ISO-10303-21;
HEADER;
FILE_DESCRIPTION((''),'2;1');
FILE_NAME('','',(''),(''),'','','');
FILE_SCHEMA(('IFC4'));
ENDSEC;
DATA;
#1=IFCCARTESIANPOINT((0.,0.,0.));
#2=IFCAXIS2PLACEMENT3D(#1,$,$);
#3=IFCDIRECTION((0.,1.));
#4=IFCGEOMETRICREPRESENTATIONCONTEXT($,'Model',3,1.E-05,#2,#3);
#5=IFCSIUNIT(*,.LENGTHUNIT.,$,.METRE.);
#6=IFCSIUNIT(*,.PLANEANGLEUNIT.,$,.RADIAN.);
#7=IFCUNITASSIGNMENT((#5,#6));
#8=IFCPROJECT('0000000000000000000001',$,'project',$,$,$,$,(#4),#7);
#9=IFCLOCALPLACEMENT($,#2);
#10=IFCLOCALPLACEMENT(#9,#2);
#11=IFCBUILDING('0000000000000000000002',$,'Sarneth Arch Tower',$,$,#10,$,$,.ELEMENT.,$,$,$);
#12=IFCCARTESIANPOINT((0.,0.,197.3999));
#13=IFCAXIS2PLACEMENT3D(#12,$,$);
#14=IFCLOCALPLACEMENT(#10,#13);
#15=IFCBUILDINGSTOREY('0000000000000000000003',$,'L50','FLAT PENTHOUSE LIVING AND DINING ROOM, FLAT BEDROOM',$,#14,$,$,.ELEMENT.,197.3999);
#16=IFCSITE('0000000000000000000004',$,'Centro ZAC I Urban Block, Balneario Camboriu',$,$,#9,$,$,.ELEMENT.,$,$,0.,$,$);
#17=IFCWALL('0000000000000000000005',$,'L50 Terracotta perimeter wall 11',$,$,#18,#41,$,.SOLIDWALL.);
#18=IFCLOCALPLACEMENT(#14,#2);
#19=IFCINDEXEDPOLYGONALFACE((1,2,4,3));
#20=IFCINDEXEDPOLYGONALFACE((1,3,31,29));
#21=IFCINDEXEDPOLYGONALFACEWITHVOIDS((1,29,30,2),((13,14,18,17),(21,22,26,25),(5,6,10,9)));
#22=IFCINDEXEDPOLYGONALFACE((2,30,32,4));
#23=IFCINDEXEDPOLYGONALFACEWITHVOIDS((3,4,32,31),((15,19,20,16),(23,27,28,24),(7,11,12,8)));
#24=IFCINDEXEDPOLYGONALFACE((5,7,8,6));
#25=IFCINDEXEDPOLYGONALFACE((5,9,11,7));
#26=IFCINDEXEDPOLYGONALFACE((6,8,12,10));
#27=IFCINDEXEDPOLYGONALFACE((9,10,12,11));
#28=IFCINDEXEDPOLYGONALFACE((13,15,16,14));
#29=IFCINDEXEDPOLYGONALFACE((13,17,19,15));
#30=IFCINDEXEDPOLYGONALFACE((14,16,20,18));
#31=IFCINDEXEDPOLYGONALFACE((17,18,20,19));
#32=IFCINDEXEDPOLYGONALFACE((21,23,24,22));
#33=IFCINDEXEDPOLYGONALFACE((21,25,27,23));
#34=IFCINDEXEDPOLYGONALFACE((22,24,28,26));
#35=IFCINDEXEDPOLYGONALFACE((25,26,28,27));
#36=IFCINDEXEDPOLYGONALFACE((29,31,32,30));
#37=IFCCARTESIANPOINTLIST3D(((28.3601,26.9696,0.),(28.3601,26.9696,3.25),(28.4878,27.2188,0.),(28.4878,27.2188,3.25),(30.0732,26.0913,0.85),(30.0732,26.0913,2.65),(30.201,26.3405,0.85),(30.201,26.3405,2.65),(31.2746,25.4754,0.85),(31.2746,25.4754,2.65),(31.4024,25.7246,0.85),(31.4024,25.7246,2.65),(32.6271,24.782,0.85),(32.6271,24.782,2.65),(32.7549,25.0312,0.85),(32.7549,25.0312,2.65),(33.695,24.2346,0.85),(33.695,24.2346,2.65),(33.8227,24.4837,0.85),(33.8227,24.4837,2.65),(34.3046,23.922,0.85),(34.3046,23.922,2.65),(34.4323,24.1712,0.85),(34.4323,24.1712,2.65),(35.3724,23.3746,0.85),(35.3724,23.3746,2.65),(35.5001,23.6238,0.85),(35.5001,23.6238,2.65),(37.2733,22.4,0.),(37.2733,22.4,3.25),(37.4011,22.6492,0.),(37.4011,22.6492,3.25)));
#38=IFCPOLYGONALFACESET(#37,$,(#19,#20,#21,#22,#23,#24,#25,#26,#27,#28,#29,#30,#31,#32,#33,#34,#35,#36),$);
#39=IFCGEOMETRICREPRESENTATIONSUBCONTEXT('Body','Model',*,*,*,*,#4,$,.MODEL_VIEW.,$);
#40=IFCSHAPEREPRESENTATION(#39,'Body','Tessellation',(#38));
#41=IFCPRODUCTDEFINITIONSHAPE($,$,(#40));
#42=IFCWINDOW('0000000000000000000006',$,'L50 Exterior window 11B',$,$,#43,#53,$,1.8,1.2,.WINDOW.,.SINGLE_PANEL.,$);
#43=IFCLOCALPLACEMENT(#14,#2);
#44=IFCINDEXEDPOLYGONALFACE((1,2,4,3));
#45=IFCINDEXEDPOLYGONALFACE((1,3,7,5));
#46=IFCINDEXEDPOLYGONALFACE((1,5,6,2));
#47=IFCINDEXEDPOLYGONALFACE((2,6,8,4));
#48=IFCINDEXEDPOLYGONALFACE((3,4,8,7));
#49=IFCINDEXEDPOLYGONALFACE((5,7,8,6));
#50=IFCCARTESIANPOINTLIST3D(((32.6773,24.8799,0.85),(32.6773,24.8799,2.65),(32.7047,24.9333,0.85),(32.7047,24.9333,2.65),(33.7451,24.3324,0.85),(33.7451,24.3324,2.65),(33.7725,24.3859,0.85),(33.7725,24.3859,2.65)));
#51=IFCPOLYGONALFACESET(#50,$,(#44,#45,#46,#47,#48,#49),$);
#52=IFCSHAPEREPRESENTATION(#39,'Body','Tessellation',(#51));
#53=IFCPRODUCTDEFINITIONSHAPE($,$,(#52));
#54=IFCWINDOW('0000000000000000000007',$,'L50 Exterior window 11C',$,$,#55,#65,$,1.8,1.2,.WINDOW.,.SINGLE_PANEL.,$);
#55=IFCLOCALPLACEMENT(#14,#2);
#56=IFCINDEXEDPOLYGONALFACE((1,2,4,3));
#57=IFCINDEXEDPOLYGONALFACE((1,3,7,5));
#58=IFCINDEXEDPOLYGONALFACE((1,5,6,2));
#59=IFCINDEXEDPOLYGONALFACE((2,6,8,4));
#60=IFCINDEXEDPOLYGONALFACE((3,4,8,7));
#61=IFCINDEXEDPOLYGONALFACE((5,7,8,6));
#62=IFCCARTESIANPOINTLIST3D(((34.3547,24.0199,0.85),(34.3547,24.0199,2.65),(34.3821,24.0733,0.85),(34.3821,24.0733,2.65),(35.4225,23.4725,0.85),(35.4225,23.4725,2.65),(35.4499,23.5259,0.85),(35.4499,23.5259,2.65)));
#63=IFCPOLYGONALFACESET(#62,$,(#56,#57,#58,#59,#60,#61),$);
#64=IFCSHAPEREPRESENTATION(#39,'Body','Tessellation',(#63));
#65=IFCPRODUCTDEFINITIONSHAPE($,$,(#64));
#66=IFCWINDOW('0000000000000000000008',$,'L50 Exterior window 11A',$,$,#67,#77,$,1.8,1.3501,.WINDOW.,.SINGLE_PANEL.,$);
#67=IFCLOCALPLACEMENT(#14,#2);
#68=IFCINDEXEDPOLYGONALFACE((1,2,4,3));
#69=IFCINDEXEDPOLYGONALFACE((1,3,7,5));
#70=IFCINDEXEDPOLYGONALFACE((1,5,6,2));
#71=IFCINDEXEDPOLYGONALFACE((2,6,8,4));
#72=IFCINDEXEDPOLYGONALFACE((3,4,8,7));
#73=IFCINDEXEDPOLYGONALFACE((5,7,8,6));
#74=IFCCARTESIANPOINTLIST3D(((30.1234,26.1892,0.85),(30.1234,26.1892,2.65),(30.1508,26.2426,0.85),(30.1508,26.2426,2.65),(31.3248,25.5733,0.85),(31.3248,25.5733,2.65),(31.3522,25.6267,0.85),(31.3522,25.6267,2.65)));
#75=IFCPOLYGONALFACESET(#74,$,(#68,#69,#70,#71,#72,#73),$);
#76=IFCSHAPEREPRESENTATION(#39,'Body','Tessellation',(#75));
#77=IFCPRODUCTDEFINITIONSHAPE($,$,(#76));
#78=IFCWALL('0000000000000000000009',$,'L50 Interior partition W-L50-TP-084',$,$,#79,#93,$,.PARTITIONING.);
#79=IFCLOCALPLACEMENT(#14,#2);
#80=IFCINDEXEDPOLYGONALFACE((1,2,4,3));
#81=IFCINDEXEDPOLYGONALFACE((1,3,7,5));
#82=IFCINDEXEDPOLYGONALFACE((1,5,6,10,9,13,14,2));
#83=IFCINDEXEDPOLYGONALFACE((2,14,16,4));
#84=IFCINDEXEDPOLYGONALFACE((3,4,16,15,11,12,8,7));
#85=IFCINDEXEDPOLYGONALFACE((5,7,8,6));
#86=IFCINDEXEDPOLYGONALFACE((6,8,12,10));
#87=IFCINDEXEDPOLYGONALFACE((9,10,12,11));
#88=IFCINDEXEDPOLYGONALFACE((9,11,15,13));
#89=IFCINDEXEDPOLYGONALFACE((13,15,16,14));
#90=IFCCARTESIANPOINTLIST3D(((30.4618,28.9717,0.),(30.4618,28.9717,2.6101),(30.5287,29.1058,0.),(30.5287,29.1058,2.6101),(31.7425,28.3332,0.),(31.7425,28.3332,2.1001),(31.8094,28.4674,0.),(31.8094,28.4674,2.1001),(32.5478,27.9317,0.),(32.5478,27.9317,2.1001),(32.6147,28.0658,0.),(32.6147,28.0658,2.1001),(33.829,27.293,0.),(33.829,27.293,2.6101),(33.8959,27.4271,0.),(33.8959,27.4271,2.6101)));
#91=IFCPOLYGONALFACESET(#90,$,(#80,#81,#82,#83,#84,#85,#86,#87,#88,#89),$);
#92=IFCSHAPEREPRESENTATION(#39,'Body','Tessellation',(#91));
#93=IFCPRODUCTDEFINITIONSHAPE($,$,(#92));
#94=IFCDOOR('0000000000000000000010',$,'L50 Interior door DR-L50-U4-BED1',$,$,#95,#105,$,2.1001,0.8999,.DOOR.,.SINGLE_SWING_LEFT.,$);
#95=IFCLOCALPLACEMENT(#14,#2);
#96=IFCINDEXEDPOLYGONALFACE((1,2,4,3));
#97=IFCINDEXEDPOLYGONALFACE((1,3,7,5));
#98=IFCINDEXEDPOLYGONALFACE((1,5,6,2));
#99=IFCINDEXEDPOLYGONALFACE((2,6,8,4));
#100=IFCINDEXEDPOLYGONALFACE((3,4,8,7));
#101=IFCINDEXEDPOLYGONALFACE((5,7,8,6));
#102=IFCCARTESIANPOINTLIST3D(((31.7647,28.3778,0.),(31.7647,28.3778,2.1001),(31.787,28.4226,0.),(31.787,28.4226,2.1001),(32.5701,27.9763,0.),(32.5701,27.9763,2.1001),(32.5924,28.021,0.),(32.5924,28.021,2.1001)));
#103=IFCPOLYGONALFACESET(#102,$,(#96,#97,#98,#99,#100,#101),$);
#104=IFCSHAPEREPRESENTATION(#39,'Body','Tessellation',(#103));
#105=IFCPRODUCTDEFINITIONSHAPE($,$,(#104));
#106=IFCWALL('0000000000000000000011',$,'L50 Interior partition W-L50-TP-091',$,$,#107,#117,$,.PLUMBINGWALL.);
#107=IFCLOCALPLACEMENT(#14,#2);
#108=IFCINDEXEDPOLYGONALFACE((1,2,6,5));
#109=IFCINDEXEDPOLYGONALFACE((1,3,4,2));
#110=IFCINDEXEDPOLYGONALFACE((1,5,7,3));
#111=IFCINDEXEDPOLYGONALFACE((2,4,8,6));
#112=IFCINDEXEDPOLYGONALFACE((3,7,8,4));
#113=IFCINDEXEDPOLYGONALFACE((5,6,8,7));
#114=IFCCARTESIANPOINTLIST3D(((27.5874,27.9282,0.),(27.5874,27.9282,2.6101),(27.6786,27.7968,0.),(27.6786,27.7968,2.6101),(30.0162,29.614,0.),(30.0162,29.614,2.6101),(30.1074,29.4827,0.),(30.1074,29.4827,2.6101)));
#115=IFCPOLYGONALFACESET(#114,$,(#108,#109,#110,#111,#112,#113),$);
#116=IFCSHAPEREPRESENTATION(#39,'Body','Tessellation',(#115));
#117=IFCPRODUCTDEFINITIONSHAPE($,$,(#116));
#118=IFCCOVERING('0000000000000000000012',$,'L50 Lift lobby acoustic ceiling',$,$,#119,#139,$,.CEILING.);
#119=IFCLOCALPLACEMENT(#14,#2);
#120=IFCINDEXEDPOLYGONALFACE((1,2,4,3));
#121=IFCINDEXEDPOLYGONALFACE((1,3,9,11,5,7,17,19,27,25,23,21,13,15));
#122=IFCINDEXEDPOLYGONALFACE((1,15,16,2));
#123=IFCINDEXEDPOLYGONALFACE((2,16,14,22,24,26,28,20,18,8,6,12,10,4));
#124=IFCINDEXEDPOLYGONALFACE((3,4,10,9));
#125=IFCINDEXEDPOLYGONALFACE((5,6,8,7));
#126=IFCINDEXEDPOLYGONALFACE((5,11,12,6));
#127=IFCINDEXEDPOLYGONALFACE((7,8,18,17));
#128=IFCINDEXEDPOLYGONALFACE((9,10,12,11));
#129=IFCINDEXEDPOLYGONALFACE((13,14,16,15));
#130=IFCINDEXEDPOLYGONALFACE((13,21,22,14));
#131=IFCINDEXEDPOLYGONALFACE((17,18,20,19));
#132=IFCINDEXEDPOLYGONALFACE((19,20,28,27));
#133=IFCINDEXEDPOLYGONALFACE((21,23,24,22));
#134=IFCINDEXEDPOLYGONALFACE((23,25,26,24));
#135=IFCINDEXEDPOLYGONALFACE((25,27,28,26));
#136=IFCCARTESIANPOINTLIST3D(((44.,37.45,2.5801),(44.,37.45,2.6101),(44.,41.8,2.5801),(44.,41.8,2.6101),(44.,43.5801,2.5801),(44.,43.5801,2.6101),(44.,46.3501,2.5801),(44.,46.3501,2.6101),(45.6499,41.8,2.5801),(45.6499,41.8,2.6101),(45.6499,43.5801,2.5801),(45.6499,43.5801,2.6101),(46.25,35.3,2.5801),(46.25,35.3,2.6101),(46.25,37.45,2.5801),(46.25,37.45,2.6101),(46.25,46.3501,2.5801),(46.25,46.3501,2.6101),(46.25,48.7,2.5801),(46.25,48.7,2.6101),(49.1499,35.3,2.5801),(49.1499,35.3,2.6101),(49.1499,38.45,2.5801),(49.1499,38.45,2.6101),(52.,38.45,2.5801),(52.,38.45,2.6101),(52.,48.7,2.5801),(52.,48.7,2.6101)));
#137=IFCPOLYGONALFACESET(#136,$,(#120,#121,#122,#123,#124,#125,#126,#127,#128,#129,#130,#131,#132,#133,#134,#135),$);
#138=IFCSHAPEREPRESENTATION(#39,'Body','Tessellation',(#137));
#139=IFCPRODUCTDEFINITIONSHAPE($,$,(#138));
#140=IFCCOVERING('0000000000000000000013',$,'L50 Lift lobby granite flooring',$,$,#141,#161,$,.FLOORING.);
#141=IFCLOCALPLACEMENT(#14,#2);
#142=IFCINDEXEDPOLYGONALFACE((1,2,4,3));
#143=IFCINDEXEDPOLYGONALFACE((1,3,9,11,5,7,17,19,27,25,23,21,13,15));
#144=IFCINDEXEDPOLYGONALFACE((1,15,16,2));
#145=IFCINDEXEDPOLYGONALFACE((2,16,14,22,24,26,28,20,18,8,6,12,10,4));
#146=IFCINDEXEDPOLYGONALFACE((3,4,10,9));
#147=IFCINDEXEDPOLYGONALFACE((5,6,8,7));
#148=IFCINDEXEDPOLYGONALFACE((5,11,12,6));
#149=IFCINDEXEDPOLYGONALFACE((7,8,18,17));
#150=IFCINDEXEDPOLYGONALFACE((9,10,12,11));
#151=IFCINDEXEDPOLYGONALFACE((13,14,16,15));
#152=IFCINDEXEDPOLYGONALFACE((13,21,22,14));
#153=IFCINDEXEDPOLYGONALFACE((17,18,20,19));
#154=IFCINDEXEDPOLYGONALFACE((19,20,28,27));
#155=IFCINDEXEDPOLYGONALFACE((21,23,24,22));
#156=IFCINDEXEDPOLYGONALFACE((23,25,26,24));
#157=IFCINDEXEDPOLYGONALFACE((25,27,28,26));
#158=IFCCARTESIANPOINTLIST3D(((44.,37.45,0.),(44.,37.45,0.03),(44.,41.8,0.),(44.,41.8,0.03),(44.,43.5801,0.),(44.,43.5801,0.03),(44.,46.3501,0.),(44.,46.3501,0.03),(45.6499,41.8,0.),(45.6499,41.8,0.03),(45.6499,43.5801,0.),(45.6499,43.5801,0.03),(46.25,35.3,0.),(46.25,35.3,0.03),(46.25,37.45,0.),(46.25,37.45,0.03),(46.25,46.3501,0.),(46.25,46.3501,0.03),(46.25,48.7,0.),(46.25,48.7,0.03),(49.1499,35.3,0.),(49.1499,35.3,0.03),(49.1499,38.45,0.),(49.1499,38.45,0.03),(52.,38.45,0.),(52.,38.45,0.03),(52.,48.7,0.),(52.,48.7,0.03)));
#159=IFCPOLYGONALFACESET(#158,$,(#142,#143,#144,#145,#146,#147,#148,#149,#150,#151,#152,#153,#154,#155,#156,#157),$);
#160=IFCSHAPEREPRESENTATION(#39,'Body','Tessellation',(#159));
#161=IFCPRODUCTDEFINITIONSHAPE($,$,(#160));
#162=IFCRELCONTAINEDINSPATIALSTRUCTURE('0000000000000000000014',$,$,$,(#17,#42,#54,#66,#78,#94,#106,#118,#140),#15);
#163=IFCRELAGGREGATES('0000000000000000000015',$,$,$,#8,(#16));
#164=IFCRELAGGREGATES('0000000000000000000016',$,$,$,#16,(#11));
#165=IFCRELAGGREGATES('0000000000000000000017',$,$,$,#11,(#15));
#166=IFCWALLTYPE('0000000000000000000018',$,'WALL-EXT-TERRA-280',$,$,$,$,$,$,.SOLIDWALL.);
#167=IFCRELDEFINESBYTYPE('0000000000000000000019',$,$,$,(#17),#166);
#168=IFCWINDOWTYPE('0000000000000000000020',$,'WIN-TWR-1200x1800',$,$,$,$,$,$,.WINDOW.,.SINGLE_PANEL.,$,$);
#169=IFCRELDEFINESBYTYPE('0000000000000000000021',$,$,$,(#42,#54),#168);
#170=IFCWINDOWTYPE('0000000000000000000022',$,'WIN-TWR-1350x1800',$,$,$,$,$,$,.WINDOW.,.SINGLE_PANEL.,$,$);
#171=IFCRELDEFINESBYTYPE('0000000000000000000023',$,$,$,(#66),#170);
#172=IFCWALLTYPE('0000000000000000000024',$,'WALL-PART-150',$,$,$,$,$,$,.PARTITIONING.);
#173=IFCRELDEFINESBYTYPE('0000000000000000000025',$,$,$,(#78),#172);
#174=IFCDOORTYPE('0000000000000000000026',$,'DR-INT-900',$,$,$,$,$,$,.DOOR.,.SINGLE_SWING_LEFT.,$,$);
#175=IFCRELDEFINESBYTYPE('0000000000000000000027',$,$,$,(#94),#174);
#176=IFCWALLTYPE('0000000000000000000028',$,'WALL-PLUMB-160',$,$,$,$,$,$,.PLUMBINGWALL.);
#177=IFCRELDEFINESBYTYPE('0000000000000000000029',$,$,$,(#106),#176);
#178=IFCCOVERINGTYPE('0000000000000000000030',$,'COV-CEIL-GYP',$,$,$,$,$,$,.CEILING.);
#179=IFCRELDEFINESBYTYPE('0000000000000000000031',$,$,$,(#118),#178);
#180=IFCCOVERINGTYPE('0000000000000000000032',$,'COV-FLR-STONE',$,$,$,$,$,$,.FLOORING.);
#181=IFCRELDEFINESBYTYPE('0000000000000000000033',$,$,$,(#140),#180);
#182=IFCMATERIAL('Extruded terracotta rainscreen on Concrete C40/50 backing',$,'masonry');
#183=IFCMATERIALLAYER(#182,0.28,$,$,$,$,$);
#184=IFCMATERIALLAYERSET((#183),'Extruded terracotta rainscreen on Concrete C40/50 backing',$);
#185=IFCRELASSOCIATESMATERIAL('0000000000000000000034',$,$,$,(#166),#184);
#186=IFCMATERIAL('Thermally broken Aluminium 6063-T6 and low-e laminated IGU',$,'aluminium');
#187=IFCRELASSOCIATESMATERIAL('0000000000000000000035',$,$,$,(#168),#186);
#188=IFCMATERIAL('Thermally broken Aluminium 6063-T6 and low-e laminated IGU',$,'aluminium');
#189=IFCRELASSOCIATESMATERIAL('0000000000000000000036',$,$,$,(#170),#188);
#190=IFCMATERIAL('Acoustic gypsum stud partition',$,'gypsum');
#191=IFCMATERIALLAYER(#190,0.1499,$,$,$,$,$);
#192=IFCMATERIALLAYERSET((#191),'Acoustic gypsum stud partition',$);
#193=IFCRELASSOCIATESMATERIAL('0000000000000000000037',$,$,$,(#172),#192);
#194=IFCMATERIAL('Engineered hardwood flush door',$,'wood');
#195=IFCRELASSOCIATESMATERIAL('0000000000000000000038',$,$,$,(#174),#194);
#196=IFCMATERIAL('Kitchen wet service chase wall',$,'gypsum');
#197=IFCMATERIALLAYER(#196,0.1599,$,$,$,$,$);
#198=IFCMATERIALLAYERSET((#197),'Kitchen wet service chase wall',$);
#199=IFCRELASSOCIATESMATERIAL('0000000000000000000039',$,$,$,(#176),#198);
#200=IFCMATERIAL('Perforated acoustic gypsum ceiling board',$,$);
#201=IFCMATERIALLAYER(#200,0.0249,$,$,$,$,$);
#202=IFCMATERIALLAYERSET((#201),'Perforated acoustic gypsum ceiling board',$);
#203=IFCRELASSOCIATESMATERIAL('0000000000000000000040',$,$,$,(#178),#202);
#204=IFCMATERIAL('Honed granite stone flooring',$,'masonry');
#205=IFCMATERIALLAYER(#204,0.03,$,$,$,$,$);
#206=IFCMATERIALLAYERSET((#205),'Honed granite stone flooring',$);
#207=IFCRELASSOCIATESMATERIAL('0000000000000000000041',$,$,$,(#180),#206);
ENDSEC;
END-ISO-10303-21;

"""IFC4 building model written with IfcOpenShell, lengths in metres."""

from ifc_helpers import new_model, si_unit, direction, frame, frame_2d, origin, place, context, subcontext, project, spatial, polyline, rectangle, outline, extrude, material, layer, layer_set, type_object, element, fill, save


model = new_model("IFC4")

# Units and contexts
model_context = context("Model", 3, precision=1e-05, world=origin(), true_north=direction((0.0, 1.0)))
body_context = subcontext(model_context, "Body", "Model", "MODEL_VIEW")
ifc_project = project(units=[si_unit("LENGTHUNIT", "METRE"), si_unit("PLANEANGLEUNIT", "RADIAN")], contexts=[model_context])

# Site, building, storey
site_placement = place(None, origin())
site = spatial("IfcSite", under=ifc_project, at=site_placement, Name="Centro ZAC I Urban Block, Balneario Camboriu", CompositionType="ELEMENT", RefElevation=0.0)
building_placement = place(site_placement, origin())
building = spatial("IfcBuilding", under=site, at=building_placement, Name="Sarneth Arch Tower", CompositionType="ELEMENT")
storey_placement = place(building_placement, frame((0.0, 0.0, 197.3999)))
storey = spatial("IfcBuildingStorey", under=building, at=storey_placement, Name="L50", Description="FLAT PENTHOUSE LIVING AND DINING ROOM, FLAT BEDROOM", CompositionType="ELEMENT", Elevation=197.3999)

# Wall, openings, windows
ifc_material_1 = material(Name="Extruded terracotta rainscreen on Concrete C40/50 backing", Category="masonry")
ifc_layer_1 = layer(ifc_material_1, 0.28)
ifc_layer_set_1 = layer_set([ifc_layer_1], Name="Extruded terracotta rainscreen on Concrete C40/50 backing")
wall_type_1 = type_object("IfcWallType", Name="WALL-EXT-TERRA-280", PredefinedType="SOLIDWALL", material=ifc_layer_set_1)
wall_1_placement = place(storey_placement, frame((28.4238, 27.0942, 0.0), z_axis=(0.0, 0.0, 1.0), x_axis=(0.889873, -0.456209, 0.0)))
wall_1 = element("IfcWall", 1, at=wall_1_placement, inside=storey, type_object=wall_type_1, Name="L50 Terracotta perimeter wall 11", PredefinedType="SOLIDWALL", context=body_context, shape_type="SweptSolid", body=[
    extrude(rectangle(XDim=10.0164, YDim=0.28, at=frame_2d((5.0083, 0.0))), origin(), (0.0, 0.0, 1.0), 3.25),
])
opening_1_placement = place(wall_1_placement, frame((1.9253, 0.0, 0.8501)))
opening_1 = element("IfcOpeningElement", 2, at=opening_1_placement, cuts=wall_1, PredefinedType="OPENING", context=body_context, shape_type="SweptSolid", body=[
    extrude(rectangle(XDim=1.3501, YDim=1.8, at=frame_2d((0.675, 0.8999))), frame((0.0, 0.1499, 0.0), z_axis=(0.0, -1.0, 0.0), x_axis=(1.0, 0.0, 0.0)), (0.0, 0.0, 1.0), 0.3),
])
opening_2_placement = place(wall_1_placement, frame((4.7952, 0.0, 0.8501)))
opening_2 = element("IfcOpeningElement", 3, at=opening_2_placement, cuts=wall_1, PredefinedType="OPENING", context=body_context, shape_type="SweptSolid", body=[
    extrude(rectangle(XDim=1.2, YDim=1.8, at=frame_2d((0.6001, 0.8999))), frame((0.0, 0.1499, 0.0), z_axis=(0.0, -1.0, 0.0), x_axis=(1.0, 0.0, 0.0)), (0.0, 0.0, 1.0), 0.3),
])
opening_3_placement = place(wall_1_placement, frame((6.6802, 0.0, 0.8501)))
opening_3 = element("IfcOpeningElement", 4, at=opening_3_placement, cuts=wall_1, PredefinedType="OPENING", context=body_context, shape_type="SweptSolid", body=[
    extrude(rectangle(XDim=1.2, YDim=1.8, at=frame_2d((0.6001, 0.8999))), frame((0.0, 0.1499, 0.0), z_axis=(0.0, -1.0, 0.0), x_axis=(1.0, 0.0, 0.0)), (0.0, 0.0, 1.0), 0.3),
])
ifc_material_2 = material(Name="Thermally broken Aluminium 6063-T6 and low-e laminated IGU", Category="aluminium")
window_type_1 = type_object("IfcWindowType", Name="WIN-TWR-1200x1800", PartitioningType="SINGLE_PANEL", PredefinedType="WINDOW", material=ifc_material_2)
window_1_placement = place(opening_2_placement, origin())
window_1 = element("IfcWindow", 5, at=window_1_placement, inside=storey, type_object=window_type_1, Name="L50 Exterior window 11B", OverallHeight=1.8, OverallWidth=1.2, PartitioningType="SINGLE_PANEL", PredefinedType="WINDOW", context=body_context, shape_type="SweptSolid", body=[
    extrude(rectangle(XDim=1.2, YDim=1.8, at=frame_2d((0.6001, 0.8999))), frame((0.0, 0.03, 0.0), z_axis=(0.0, -1.0, 0.0), x_axis=(1.0, 0.0, 0.0)), (0.0, 0.0, 1.0), 0.0601),
])
fill(opening_2, window_1)
window_2_placement = place(opening_3_placement, origin())
window_2 = element("IfcWindow", 6, at=window_2_placement, inside=storey, type_object=window_type_1, Name="L50 Exterior window 11C", OverallHeight=1.8, OverallWidth=1.2, PartitioningType="SINGLE_PANEL", PredefinedType="WINDOW", context=body_context, shape_type="SweptSolid", body=[
    extrude(rectangle(XDim=1.2, YDim=1.8, at=frame_2d((0.6001, 0.8999))), frame((0.0, 0.03, 0.0), z_axis=(0.0, -1.0, 0.0), x_axis=(1.0, 0.0, 0.0)), (0.0, 0.0, 1.0), 0.0601),
])
fill(opening_3, window_2)
ifc_material_3 = material(Name="Thermally broken Aluminium 6063-T6 and low-e laminated IGU", Category="aluminium")
window_type_2 = type_object("IfcWindowType", Name="WIN-TWR-1350x1800", PartitioningType="SINGLE_PANEL", PredefinedType="WINDOW", material=ifc_material_3)
window_3_placement = place(opening_1_placement, origin())
window_3 = element("IfcWindow", 7, at=window_3_placement, inside=storey, type_object=window_type_2, Name="L50 Exterior window 11A", OverallHeight=1.8, OverallWidth=1.3501, PartitioningType="SINGLE_PANEL", PredefinedType="WINDOW", context=body_context, shape_type="SweptSolid", body=[
    extrude(rectangle(XDim=1.3501, YDim=1.8, at=frame_2d((0.675, 0.8999))), frame((0.0, 0.03, 0.0), z_axis=(0.0, -1.0, 0.0), x_axis=(1.0, 0.0, 0.0)), (0.0, 0.0, 1.0), 0.0601),
])
fill(opening_1, window_3)

# Wall, opening, door
ifc_material_4 = material(Name="Acoustic gypsum stud partition", Category="gypsum")
ifc_layer_2 = layer(ifc_material_4, 0.1499)
ifc_layer_set_2 = layer_set([ifc_layer_2], Name="Acoustic gypsum stud partition")
wall_type_2 = type_object("IfcWallType", Name="WALL-PART-150", PredefinedType="PARTITIONING", material=ifc_layer_set_2)
wall_2_placement = place(storey_placement, frame((30.4951, 29.0388, 0.0), z_axis=(0.0, 0.0, 1.0), x_axis=(0.894946, -0.446175, 0.0)))
wall_2 = element("IfcWall", 8, at=wall_2_placement, inside=storey, type_object=wall_type_2, Name="L50 Interior partition W-L50-TP-084", PredefinedType="PARTITIONING", context=body_context, shape_type="SweptSolid", body=[
    extrude(rectangle(XDim=3.7625, YDim=0.1499, at=frame_2d((1.8813, 0.0))), origin(), (0.0, 0.0, 1.0), 2.6101),
])
opening_4_placement = place(wall_2_placement, frame((1.4312, 0.0, 0.0)))
opening_4 = element("IfcOpeningElement", 9, at=opening_4_placement, cuts=wall_2, PredefinedType="OPENING", context=body_context, shape_type="SweptSolid", body=[
    extrude(rectangle(XDim=0.8999, YDim=2.1001, at=frame_2d((0.45, 1.05))), frame((0.0, 0.085, 0.0), z_axis=(0.0, -1.0, 0.0), x_axis=(1.0, 0.0, 0.0)), (0.0, 0.0, 1.0), 0.1699),
])
ifc_material_5 = material(Name="Engineered hardwood flush door", Category="wood")
door_type = type_object("IfcDoorType", Name="DR-INT-900", OperationType="SINGLE_SWING_LEFT", PredefinedType="DOOR", material=ifc_material_5)
door_placement = place(opening_4_placement, origin())
door = element("IfcDoor", 10, at=door_placement, inside=storey, type_object=door_type, Name="L50 Interior door DR-L50-U4-BED1", OperationType="SINGLE_SWING_LEFT", OverallHeight=2.1001, OverallWidth=0.8999, PredefinedType="DOOR", context=body_context, shape_type="SweptSolid", body=[
    extrude(rectangle(XDim=0.8999, YDim=2.1001, at=frame_2d((0.45, 1.05))), frame((0.0, 0.0249, 0.0), z_axis=(0.0, -1.0, 0.0), x_axis=(1.0, 0.0, 0.0)), (0.0, 0.0, 1.0), 0.05),
])
fill(opening_4, door)

# Wall
ifc_material_6 = material(Name="Kitchen wet service chase wall", Category="gypsum")
ifc_layer_3 = layer(ifc_material_6, 0.1599)
ifc_layer_set_3 = layer_set([ifc_layer_3], Name="Kitchen wet service chase wall")
wall_type_3 = type_object("IfcWallType", Name="WALL-PLUMB-160", PredefinedType="PLUMBINGWALL", material=ifc_layer_set_3)
wall_3_placement = place(storey_placement, frame((30.0618, 29.5483, 0.0), z_axis=(0.0, 0.0, 1.0), x_axis=(-0.821499, -0.57021, 0.0)))
element("IfcWall", 11, at=wall_3_placement, inside=storey, type_object=wall_type_3, Name="L50 Interior partition W-L50-TP-091", PredefinedType="PLUMBINGWALL", context=body_context, shape_type="SweptSolid", body=[
    extrude(rectangle(XDim=2.9565, YDim=0.1599, at=frame_2d((1.4783, 0.0))), origin(), (0.0, 0.0, 1.0), 2.6101),
])

# Coverings
ifc_material_7 = material(Name="Perforated acoustic gypsum ceiling board")
ifc_layer_4 = layer(ifc_material_7, 0.0249)
ifc_layer_set_4 = layer_set([ifc_layer_4], Name="Perforated acoustic gypsum ceiling board")
covering_type_1 = type_object("IfcCoveringType", Name="COV-CEIL-GYP", PredefinedType="CEILING", material=ifc_layer_set_4)
covering_1_placement = place(storey_placement, frame((0.0, 0.0, 2.5801)))
element("IfcCovering", 12, at=covering_1_placement, inside=storey, type_object=covering_type_1, Name="L50 Lift lobby acoustic ceiling", PredefinedType="CEILING", context=body_context, shape_type="SweptSolid", body=[
    extrude(outline(polyline([(49.1499, 38.45), (49.1499, 35.3), (46.25, 35.3), (46.25, 37.45), (44.0, 37.45), (44.0, 41.8), (45.6499, 41.8), (45.6499, 43.5801), (44.0, 43.5801), (44.0, 46.3501), (46.25, 46.3501), (46.25, 48.7), (52.0, 48.7), (52.0, 38.45), (49.1499, 38.45)])), origin(), (0.0, 0.0, 1.0), 0.03),
])
ifc_material_8 = material(Name="Honed granite stone flooring", Category="masonry")
ifc_layer_5 = layer(ifc_material_8, 0.03)
ifc_layer_set_5 = layer_set([ifc_layer_5], Name="Honed granite stone flooring")
covering_type_2 = type_object("IfcCoveringType", Name="COV-FLR-STONE", PredefinedType="FLOORING", material=ifc_layer_set_5)
covering_2_placement = place(storey_placement, origin())
element("IfcCovering", 13, at=covering_2_placement, inside=storey, type_object=covering_type_2, Name="L50 Lift lobby granite flooring", PredefinedType="FLOORING", context=body_context, shape_type="SweptSolid", body=[
    extrude(outline(polyline([(49.1499, 38.45), (49.1499, 35.3), (46.25, 35.3), (46.25, 37.45), (44.0, 37.45), (44.0, 41.8), (45.6499, 41.8), (45.6499, 43.5801), (44.0, 43.5801), (44.0, 46.3501), (46.25, 46.3501), (46.25, 48.7), (52.0, 48.7), (52.0, 38.45), (49.1499, 38.45)])), origin(), (0.0, 0.0, 1.0), 0.03),
])

save(model, "model.ifc")
